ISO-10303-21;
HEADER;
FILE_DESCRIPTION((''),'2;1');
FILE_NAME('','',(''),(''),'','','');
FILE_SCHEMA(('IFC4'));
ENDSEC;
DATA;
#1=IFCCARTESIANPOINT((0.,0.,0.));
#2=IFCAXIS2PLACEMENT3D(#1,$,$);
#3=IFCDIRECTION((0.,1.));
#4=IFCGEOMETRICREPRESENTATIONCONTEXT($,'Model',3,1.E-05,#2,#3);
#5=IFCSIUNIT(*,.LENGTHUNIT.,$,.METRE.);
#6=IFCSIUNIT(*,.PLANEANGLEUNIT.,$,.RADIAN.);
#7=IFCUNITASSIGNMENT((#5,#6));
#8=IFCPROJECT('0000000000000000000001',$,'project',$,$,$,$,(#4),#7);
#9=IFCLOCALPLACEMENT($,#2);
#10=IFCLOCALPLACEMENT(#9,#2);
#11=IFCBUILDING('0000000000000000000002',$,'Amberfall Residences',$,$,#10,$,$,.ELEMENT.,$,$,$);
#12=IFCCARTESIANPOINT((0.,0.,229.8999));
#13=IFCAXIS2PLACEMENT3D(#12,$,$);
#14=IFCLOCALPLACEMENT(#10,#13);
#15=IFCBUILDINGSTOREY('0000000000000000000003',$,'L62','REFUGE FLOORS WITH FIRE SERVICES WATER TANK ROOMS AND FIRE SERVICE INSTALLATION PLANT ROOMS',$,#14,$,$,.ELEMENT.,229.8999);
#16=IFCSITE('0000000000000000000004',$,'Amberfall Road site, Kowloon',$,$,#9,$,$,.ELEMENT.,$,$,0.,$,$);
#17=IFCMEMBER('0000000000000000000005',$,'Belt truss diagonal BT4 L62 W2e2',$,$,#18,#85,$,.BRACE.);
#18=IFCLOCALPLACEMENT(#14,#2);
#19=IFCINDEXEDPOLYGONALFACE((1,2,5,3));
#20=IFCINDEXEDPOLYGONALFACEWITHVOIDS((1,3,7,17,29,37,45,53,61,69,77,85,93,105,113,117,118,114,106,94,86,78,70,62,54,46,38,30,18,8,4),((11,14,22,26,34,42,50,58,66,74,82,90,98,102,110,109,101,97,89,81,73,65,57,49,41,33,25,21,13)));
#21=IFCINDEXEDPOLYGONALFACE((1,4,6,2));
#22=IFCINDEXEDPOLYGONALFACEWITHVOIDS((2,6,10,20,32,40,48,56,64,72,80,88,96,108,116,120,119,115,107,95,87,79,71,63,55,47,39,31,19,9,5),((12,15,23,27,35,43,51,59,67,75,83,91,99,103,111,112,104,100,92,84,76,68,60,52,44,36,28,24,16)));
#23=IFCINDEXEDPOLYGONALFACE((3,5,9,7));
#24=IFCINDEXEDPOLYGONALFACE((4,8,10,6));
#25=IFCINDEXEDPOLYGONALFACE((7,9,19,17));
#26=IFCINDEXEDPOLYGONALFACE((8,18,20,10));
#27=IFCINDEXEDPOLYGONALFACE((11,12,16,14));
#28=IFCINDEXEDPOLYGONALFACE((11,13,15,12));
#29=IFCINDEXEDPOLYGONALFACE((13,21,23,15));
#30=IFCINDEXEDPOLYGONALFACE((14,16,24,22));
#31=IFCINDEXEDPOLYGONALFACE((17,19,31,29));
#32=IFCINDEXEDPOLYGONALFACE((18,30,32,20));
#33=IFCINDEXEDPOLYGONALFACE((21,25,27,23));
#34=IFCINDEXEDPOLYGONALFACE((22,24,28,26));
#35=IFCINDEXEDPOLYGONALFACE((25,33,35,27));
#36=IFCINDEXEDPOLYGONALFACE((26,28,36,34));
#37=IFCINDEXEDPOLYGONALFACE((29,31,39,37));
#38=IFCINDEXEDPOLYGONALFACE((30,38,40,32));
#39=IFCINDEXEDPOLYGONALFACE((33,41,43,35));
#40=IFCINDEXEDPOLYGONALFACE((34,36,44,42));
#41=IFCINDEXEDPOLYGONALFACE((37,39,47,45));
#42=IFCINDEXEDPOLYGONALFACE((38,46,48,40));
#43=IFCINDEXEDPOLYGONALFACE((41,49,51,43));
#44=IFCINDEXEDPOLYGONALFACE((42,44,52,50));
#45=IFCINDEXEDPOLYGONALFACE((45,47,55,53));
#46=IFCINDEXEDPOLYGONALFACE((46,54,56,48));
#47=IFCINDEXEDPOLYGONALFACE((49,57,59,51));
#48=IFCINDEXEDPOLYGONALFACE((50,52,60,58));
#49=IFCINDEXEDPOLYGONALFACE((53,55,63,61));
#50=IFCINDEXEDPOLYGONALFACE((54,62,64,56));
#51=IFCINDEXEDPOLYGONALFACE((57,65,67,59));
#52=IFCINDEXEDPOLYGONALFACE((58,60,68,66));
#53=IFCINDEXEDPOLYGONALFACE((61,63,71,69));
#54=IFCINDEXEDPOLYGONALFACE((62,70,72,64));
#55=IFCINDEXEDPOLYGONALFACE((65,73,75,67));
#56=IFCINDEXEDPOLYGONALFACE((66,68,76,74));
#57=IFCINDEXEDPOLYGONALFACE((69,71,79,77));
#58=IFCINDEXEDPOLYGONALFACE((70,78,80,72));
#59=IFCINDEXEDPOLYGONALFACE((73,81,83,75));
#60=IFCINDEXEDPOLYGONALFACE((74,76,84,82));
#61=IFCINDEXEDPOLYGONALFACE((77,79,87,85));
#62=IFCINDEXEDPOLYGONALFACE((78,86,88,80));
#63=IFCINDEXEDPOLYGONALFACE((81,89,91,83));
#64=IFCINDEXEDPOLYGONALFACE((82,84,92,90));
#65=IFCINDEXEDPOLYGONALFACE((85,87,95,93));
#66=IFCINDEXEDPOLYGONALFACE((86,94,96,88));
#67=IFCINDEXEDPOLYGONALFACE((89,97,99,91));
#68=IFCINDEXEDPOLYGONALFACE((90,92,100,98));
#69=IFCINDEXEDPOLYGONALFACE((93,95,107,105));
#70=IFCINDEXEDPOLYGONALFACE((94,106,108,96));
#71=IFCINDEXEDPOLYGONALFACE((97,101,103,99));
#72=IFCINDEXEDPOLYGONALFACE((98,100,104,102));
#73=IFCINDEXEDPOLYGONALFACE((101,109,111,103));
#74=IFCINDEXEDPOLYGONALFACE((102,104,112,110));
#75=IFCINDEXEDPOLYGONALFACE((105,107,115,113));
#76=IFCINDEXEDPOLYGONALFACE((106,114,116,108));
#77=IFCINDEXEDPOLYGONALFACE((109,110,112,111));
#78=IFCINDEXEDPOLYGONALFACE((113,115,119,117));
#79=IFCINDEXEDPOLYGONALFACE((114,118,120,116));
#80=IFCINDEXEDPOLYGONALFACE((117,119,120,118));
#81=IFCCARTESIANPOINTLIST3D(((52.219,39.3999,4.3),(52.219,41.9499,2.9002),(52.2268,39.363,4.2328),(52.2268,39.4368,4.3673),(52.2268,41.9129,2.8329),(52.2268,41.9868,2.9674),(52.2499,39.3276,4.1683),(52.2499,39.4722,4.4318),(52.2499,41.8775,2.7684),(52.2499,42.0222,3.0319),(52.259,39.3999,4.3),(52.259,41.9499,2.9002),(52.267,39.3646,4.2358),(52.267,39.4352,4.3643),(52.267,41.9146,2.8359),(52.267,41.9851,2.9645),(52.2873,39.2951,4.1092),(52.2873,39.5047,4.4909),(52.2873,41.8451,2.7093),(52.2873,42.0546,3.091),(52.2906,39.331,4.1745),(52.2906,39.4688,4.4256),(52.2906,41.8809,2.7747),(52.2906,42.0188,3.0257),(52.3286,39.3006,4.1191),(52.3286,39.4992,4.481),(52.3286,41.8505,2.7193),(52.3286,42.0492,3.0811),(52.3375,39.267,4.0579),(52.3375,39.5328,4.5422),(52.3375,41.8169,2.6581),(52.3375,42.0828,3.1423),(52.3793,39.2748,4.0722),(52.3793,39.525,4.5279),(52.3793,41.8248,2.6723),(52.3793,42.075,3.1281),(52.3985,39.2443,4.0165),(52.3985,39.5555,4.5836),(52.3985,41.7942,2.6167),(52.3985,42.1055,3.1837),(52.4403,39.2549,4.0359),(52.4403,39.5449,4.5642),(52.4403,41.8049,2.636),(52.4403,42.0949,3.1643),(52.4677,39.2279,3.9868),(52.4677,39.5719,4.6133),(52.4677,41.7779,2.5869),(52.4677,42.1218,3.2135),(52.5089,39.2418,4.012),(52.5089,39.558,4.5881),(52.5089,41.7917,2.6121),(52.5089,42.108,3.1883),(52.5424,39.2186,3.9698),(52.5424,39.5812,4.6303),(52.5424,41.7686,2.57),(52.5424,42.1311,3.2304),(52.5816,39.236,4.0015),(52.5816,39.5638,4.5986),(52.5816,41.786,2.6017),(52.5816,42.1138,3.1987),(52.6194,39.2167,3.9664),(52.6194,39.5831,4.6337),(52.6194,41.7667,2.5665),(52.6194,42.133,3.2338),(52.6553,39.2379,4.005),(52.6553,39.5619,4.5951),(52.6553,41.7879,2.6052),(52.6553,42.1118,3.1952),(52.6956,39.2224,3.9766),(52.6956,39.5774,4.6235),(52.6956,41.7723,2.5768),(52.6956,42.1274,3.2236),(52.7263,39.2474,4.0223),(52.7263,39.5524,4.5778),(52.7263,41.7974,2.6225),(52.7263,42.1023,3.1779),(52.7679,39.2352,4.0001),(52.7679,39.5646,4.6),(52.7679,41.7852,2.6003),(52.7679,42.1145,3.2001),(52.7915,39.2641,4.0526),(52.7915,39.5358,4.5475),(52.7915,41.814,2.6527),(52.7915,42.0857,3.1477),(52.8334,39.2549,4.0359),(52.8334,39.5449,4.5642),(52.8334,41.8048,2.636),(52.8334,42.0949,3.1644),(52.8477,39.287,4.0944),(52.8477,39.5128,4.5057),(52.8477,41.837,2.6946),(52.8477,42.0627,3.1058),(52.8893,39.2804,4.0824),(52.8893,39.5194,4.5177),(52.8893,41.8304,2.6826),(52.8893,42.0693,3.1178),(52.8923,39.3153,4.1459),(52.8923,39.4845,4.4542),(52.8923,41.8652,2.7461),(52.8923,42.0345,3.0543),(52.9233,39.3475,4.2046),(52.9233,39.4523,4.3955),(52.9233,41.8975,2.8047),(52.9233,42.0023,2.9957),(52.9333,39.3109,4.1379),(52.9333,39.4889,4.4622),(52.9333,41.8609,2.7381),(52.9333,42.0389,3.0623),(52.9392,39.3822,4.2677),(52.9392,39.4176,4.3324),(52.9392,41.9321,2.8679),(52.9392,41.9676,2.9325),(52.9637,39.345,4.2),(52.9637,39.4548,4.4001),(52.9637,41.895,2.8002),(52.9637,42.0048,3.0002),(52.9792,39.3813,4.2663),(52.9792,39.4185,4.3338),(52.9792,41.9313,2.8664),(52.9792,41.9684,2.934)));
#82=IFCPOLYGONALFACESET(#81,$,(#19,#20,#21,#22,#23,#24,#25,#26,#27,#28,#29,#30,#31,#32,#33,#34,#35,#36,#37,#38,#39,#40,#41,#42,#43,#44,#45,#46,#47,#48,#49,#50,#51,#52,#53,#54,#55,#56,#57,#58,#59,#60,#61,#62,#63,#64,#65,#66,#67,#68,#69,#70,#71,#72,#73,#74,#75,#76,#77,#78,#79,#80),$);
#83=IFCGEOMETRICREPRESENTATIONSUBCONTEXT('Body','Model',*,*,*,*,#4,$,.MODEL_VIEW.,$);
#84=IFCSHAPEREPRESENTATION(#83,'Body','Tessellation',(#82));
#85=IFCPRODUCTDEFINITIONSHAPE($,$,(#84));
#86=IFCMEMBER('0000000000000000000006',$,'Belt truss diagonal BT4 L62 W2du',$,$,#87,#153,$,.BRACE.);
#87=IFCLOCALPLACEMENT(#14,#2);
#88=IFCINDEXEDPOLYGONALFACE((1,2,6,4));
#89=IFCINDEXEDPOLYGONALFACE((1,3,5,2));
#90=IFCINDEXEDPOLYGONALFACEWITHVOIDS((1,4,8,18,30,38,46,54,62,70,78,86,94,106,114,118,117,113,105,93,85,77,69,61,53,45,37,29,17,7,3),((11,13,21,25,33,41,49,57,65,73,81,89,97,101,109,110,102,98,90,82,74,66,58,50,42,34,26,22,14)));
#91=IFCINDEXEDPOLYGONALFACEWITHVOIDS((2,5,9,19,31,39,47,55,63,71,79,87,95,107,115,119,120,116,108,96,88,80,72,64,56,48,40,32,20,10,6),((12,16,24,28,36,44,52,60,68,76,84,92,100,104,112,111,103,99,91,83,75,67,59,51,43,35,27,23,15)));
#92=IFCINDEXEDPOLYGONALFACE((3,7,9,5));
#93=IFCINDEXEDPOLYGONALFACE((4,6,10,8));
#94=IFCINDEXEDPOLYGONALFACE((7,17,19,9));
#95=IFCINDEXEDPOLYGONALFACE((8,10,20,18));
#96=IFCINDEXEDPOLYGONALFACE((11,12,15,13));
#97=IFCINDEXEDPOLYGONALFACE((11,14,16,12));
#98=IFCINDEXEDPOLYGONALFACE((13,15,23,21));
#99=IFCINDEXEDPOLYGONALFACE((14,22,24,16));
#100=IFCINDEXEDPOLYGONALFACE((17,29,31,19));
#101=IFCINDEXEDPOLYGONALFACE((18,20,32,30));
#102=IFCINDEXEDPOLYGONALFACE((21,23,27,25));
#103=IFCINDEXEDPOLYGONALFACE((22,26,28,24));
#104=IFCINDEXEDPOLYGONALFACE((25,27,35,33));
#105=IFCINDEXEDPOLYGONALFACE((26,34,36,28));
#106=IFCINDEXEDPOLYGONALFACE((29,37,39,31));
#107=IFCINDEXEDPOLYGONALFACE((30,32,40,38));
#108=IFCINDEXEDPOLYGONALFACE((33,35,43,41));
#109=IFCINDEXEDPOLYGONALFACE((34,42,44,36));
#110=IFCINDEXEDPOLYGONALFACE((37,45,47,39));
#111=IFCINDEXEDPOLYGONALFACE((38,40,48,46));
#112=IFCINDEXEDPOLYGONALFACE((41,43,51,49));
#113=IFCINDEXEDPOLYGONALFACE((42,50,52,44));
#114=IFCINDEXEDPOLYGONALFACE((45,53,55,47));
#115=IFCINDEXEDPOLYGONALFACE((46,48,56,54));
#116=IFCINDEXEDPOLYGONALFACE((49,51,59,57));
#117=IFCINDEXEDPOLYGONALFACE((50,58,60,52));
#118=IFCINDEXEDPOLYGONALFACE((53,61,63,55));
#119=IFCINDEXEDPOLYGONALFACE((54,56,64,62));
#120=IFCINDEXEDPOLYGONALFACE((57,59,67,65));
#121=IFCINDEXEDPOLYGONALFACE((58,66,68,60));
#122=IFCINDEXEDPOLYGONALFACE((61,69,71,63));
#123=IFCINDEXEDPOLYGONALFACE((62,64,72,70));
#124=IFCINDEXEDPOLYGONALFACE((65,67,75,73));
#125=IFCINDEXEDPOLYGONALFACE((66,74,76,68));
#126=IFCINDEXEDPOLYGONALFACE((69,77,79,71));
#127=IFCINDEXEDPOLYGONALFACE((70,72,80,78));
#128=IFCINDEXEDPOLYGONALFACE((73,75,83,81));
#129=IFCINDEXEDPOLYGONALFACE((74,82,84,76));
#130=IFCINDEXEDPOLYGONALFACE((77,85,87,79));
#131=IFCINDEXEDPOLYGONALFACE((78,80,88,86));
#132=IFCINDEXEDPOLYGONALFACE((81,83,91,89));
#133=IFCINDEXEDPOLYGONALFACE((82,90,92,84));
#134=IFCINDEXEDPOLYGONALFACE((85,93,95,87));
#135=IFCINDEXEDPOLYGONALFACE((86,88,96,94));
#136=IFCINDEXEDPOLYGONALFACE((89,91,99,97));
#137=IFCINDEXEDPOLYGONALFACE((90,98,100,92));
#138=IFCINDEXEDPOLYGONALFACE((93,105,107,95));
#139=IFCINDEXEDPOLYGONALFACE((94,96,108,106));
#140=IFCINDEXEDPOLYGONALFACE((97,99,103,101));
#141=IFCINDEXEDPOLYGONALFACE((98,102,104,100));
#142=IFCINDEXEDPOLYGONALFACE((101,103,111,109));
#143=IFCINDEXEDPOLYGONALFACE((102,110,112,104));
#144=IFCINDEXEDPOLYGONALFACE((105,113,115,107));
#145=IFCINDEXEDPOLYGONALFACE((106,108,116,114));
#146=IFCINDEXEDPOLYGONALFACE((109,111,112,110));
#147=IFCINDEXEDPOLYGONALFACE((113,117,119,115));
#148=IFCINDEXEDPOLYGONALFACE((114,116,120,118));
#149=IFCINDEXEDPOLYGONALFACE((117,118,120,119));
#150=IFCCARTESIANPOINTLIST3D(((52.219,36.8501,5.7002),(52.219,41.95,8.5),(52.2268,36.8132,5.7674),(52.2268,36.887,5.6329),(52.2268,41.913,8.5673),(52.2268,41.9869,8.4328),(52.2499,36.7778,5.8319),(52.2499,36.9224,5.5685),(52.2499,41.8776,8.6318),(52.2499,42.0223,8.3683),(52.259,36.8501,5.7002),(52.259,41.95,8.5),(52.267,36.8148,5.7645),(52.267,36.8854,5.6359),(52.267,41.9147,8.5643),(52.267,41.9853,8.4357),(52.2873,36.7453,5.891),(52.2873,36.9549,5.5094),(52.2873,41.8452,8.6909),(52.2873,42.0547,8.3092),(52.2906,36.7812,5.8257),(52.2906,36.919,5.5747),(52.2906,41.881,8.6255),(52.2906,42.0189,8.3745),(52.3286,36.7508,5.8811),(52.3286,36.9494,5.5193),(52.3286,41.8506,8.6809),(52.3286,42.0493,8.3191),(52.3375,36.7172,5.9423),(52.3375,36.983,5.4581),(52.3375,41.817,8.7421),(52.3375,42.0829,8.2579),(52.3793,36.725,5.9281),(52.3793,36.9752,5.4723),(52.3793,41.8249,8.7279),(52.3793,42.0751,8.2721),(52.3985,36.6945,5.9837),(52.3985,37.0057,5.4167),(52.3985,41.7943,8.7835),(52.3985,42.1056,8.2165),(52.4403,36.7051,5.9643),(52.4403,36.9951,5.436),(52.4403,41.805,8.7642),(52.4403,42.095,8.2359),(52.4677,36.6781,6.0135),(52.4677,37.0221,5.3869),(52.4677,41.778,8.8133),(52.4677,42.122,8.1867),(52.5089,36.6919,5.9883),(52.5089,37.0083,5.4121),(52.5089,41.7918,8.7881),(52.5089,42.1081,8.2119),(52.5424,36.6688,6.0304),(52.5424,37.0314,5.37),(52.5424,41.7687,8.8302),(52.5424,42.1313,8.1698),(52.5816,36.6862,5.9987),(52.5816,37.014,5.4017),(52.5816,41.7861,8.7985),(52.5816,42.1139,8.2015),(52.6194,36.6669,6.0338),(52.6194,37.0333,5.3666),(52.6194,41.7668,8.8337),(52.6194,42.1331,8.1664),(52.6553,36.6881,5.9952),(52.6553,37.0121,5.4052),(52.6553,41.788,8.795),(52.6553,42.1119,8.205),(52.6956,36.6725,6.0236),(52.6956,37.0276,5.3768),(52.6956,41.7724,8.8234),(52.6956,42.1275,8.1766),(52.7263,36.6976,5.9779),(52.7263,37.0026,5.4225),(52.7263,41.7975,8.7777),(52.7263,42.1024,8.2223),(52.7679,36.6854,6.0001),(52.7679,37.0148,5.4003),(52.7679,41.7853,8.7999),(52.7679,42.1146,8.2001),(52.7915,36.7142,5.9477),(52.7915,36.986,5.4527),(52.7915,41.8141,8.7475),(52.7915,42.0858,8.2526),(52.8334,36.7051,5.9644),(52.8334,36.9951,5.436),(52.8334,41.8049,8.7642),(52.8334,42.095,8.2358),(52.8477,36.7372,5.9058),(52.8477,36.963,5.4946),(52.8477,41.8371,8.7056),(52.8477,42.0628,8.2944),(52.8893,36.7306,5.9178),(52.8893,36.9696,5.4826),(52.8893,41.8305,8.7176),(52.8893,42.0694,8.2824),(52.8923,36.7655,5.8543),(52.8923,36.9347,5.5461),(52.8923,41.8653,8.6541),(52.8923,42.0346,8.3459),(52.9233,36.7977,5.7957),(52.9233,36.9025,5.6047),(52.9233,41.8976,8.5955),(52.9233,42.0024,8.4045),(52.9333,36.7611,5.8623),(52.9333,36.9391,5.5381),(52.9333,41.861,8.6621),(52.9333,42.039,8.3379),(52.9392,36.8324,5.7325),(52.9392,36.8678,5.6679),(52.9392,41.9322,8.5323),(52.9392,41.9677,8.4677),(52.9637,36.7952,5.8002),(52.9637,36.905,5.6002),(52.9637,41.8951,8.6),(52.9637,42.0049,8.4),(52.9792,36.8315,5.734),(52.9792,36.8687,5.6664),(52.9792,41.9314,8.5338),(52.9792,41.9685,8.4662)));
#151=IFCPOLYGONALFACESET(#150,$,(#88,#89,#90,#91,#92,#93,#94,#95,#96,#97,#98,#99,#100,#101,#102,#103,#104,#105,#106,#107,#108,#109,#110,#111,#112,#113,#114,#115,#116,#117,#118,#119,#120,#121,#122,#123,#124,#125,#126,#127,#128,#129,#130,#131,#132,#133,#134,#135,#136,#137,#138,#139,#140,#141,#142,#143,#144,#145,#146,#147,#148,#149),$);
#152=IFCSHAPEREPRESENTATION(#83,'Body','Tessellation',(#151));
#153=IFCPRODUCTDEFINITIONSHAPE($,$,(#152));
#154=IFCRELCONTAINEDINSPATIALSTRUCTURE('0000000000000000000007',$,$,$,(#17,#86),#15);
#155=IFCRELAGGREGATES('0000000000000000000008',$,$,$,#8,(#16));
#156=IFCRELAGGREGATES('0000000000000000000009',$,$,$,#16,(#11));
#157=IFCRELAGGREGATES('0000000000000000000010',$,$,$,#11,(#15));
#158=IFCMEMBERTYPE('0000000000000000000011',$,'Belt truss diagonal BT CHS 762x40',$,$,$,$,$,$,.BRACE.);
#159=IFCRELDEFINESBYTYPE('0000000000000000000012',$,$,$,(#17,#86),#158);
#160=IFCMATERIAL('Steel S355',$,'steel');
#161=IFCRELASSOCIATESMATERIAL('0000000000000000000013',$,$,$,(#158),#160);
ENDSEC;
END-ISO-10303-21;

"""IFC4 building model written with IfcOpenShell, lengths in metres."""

from ifc_helpers import new_model, si_unit, direction, frame, origin, origin_2d, place, context, subcontext, project, spatial, hollow_circle, extrude, material, material_profile, profile_set, type_object, element, save


model = new_model("IFC4")

# Units and contexts
model_context = context("Model", 3, precision=1e-05, world=origin(), true_north=direction((0.0, 1.0)))
body_context = subcontext(model_context, "Body", "Model", "MODEL_VIEW")
ifc_project = project(units=[si_unit("LENGTHUNIT", "METRE"), si_unit("PLANEANGLEUNIT", "RADIAN")], contexts=[model_context])

# Site, building, storey
site_placement = place(None, origin())
site = spatial("IfcSite", under=ifc_project, at=site_placement, Name="Amberfall Road site, Kowloon", CompositionType="ELEMENT", RefElevation=0.0)
building_placement = place(site_placement, origin())
building = spatial("IfcBuilding", under=site, at=building_placement, Name="Amberfall Residences", CompositionType="ELEMENT")
storey_placement = place(building_placement, frame((0.0, 0.0, 229.8999)))
storey = spatial("IfcBuildingStorey", under=building, at=storey_placement, Name="L62", Description="REFUGE FLOORS WITH FIRE SERVICES WATER TANK ROOMS AND FIRE SERVICE INSTALLATION PLANT ROOMS", CompositionType="ELEMENT", Elevation=229.8999)

# Shared definitions
ifc_material_1 = material(Name="Steel S355", Category="steel")

# Members
ifc_material_profile_1 = material_profile(ifc_material_1, hollow_circle(Radius=0.3811, WallThickness=0.04, at=origin_2d()), Name="CHS 762x40")
ifc_profile_set_1 = profile_set([ifc_material_profile_1], Name="Steel S355")
member_type = type_object("IfcMemberType", Name="Belt truss diagonal BT CHS 762x40", PredefinedType="BRACE", material=ifc_profile_set_1)
for number, where, z_axis, x_axis, name in (
    (1, (52.6001, 39.3999, 4.3), (0.0, 0.876597, -0.481226), (-1.0, 0.0, 0.0), "Belt truss diagonal BT4 L62 W2e2"),
):
    element("IfcMember", number, at=place(storey_placement, frame(where, z_axis=z_axis, x_axis=x_axis)), inside=storey, type_object=member_type, Name=name, PredefinedType="BRACE", context=body_context, shape_type="SweptSolid", body=[
        extrude(hollow_circle(Radius=0.3811, WallThickness=0.04, at=origin_2d()), origin(), (0.0, 0.0, 1.0), 2.9089),
    ])
member_1_placement = place(storey_placement, frame((52.6001, 36.8501, 5.7002), z_axis=(0.0, 0.876587, 0.481244), x_axis=(-1.0, 0.0, 0.0)))
element("IfcMember", 2, at=member_1_placement, inside=storey, type_object=member_type, Name="Belt truss diagonal BT4 L62 W2du", PredefinedType="BRACE", context=body_context, shape_type="SweptSolid", body=[
    extrude(hollow_circle(Radius=0.3811, WallThickness=0.04, at=origin_2d()), origin(), (0.0, 0.0, 1.0), 5.8179),
])

save(model, "model.ifc")
